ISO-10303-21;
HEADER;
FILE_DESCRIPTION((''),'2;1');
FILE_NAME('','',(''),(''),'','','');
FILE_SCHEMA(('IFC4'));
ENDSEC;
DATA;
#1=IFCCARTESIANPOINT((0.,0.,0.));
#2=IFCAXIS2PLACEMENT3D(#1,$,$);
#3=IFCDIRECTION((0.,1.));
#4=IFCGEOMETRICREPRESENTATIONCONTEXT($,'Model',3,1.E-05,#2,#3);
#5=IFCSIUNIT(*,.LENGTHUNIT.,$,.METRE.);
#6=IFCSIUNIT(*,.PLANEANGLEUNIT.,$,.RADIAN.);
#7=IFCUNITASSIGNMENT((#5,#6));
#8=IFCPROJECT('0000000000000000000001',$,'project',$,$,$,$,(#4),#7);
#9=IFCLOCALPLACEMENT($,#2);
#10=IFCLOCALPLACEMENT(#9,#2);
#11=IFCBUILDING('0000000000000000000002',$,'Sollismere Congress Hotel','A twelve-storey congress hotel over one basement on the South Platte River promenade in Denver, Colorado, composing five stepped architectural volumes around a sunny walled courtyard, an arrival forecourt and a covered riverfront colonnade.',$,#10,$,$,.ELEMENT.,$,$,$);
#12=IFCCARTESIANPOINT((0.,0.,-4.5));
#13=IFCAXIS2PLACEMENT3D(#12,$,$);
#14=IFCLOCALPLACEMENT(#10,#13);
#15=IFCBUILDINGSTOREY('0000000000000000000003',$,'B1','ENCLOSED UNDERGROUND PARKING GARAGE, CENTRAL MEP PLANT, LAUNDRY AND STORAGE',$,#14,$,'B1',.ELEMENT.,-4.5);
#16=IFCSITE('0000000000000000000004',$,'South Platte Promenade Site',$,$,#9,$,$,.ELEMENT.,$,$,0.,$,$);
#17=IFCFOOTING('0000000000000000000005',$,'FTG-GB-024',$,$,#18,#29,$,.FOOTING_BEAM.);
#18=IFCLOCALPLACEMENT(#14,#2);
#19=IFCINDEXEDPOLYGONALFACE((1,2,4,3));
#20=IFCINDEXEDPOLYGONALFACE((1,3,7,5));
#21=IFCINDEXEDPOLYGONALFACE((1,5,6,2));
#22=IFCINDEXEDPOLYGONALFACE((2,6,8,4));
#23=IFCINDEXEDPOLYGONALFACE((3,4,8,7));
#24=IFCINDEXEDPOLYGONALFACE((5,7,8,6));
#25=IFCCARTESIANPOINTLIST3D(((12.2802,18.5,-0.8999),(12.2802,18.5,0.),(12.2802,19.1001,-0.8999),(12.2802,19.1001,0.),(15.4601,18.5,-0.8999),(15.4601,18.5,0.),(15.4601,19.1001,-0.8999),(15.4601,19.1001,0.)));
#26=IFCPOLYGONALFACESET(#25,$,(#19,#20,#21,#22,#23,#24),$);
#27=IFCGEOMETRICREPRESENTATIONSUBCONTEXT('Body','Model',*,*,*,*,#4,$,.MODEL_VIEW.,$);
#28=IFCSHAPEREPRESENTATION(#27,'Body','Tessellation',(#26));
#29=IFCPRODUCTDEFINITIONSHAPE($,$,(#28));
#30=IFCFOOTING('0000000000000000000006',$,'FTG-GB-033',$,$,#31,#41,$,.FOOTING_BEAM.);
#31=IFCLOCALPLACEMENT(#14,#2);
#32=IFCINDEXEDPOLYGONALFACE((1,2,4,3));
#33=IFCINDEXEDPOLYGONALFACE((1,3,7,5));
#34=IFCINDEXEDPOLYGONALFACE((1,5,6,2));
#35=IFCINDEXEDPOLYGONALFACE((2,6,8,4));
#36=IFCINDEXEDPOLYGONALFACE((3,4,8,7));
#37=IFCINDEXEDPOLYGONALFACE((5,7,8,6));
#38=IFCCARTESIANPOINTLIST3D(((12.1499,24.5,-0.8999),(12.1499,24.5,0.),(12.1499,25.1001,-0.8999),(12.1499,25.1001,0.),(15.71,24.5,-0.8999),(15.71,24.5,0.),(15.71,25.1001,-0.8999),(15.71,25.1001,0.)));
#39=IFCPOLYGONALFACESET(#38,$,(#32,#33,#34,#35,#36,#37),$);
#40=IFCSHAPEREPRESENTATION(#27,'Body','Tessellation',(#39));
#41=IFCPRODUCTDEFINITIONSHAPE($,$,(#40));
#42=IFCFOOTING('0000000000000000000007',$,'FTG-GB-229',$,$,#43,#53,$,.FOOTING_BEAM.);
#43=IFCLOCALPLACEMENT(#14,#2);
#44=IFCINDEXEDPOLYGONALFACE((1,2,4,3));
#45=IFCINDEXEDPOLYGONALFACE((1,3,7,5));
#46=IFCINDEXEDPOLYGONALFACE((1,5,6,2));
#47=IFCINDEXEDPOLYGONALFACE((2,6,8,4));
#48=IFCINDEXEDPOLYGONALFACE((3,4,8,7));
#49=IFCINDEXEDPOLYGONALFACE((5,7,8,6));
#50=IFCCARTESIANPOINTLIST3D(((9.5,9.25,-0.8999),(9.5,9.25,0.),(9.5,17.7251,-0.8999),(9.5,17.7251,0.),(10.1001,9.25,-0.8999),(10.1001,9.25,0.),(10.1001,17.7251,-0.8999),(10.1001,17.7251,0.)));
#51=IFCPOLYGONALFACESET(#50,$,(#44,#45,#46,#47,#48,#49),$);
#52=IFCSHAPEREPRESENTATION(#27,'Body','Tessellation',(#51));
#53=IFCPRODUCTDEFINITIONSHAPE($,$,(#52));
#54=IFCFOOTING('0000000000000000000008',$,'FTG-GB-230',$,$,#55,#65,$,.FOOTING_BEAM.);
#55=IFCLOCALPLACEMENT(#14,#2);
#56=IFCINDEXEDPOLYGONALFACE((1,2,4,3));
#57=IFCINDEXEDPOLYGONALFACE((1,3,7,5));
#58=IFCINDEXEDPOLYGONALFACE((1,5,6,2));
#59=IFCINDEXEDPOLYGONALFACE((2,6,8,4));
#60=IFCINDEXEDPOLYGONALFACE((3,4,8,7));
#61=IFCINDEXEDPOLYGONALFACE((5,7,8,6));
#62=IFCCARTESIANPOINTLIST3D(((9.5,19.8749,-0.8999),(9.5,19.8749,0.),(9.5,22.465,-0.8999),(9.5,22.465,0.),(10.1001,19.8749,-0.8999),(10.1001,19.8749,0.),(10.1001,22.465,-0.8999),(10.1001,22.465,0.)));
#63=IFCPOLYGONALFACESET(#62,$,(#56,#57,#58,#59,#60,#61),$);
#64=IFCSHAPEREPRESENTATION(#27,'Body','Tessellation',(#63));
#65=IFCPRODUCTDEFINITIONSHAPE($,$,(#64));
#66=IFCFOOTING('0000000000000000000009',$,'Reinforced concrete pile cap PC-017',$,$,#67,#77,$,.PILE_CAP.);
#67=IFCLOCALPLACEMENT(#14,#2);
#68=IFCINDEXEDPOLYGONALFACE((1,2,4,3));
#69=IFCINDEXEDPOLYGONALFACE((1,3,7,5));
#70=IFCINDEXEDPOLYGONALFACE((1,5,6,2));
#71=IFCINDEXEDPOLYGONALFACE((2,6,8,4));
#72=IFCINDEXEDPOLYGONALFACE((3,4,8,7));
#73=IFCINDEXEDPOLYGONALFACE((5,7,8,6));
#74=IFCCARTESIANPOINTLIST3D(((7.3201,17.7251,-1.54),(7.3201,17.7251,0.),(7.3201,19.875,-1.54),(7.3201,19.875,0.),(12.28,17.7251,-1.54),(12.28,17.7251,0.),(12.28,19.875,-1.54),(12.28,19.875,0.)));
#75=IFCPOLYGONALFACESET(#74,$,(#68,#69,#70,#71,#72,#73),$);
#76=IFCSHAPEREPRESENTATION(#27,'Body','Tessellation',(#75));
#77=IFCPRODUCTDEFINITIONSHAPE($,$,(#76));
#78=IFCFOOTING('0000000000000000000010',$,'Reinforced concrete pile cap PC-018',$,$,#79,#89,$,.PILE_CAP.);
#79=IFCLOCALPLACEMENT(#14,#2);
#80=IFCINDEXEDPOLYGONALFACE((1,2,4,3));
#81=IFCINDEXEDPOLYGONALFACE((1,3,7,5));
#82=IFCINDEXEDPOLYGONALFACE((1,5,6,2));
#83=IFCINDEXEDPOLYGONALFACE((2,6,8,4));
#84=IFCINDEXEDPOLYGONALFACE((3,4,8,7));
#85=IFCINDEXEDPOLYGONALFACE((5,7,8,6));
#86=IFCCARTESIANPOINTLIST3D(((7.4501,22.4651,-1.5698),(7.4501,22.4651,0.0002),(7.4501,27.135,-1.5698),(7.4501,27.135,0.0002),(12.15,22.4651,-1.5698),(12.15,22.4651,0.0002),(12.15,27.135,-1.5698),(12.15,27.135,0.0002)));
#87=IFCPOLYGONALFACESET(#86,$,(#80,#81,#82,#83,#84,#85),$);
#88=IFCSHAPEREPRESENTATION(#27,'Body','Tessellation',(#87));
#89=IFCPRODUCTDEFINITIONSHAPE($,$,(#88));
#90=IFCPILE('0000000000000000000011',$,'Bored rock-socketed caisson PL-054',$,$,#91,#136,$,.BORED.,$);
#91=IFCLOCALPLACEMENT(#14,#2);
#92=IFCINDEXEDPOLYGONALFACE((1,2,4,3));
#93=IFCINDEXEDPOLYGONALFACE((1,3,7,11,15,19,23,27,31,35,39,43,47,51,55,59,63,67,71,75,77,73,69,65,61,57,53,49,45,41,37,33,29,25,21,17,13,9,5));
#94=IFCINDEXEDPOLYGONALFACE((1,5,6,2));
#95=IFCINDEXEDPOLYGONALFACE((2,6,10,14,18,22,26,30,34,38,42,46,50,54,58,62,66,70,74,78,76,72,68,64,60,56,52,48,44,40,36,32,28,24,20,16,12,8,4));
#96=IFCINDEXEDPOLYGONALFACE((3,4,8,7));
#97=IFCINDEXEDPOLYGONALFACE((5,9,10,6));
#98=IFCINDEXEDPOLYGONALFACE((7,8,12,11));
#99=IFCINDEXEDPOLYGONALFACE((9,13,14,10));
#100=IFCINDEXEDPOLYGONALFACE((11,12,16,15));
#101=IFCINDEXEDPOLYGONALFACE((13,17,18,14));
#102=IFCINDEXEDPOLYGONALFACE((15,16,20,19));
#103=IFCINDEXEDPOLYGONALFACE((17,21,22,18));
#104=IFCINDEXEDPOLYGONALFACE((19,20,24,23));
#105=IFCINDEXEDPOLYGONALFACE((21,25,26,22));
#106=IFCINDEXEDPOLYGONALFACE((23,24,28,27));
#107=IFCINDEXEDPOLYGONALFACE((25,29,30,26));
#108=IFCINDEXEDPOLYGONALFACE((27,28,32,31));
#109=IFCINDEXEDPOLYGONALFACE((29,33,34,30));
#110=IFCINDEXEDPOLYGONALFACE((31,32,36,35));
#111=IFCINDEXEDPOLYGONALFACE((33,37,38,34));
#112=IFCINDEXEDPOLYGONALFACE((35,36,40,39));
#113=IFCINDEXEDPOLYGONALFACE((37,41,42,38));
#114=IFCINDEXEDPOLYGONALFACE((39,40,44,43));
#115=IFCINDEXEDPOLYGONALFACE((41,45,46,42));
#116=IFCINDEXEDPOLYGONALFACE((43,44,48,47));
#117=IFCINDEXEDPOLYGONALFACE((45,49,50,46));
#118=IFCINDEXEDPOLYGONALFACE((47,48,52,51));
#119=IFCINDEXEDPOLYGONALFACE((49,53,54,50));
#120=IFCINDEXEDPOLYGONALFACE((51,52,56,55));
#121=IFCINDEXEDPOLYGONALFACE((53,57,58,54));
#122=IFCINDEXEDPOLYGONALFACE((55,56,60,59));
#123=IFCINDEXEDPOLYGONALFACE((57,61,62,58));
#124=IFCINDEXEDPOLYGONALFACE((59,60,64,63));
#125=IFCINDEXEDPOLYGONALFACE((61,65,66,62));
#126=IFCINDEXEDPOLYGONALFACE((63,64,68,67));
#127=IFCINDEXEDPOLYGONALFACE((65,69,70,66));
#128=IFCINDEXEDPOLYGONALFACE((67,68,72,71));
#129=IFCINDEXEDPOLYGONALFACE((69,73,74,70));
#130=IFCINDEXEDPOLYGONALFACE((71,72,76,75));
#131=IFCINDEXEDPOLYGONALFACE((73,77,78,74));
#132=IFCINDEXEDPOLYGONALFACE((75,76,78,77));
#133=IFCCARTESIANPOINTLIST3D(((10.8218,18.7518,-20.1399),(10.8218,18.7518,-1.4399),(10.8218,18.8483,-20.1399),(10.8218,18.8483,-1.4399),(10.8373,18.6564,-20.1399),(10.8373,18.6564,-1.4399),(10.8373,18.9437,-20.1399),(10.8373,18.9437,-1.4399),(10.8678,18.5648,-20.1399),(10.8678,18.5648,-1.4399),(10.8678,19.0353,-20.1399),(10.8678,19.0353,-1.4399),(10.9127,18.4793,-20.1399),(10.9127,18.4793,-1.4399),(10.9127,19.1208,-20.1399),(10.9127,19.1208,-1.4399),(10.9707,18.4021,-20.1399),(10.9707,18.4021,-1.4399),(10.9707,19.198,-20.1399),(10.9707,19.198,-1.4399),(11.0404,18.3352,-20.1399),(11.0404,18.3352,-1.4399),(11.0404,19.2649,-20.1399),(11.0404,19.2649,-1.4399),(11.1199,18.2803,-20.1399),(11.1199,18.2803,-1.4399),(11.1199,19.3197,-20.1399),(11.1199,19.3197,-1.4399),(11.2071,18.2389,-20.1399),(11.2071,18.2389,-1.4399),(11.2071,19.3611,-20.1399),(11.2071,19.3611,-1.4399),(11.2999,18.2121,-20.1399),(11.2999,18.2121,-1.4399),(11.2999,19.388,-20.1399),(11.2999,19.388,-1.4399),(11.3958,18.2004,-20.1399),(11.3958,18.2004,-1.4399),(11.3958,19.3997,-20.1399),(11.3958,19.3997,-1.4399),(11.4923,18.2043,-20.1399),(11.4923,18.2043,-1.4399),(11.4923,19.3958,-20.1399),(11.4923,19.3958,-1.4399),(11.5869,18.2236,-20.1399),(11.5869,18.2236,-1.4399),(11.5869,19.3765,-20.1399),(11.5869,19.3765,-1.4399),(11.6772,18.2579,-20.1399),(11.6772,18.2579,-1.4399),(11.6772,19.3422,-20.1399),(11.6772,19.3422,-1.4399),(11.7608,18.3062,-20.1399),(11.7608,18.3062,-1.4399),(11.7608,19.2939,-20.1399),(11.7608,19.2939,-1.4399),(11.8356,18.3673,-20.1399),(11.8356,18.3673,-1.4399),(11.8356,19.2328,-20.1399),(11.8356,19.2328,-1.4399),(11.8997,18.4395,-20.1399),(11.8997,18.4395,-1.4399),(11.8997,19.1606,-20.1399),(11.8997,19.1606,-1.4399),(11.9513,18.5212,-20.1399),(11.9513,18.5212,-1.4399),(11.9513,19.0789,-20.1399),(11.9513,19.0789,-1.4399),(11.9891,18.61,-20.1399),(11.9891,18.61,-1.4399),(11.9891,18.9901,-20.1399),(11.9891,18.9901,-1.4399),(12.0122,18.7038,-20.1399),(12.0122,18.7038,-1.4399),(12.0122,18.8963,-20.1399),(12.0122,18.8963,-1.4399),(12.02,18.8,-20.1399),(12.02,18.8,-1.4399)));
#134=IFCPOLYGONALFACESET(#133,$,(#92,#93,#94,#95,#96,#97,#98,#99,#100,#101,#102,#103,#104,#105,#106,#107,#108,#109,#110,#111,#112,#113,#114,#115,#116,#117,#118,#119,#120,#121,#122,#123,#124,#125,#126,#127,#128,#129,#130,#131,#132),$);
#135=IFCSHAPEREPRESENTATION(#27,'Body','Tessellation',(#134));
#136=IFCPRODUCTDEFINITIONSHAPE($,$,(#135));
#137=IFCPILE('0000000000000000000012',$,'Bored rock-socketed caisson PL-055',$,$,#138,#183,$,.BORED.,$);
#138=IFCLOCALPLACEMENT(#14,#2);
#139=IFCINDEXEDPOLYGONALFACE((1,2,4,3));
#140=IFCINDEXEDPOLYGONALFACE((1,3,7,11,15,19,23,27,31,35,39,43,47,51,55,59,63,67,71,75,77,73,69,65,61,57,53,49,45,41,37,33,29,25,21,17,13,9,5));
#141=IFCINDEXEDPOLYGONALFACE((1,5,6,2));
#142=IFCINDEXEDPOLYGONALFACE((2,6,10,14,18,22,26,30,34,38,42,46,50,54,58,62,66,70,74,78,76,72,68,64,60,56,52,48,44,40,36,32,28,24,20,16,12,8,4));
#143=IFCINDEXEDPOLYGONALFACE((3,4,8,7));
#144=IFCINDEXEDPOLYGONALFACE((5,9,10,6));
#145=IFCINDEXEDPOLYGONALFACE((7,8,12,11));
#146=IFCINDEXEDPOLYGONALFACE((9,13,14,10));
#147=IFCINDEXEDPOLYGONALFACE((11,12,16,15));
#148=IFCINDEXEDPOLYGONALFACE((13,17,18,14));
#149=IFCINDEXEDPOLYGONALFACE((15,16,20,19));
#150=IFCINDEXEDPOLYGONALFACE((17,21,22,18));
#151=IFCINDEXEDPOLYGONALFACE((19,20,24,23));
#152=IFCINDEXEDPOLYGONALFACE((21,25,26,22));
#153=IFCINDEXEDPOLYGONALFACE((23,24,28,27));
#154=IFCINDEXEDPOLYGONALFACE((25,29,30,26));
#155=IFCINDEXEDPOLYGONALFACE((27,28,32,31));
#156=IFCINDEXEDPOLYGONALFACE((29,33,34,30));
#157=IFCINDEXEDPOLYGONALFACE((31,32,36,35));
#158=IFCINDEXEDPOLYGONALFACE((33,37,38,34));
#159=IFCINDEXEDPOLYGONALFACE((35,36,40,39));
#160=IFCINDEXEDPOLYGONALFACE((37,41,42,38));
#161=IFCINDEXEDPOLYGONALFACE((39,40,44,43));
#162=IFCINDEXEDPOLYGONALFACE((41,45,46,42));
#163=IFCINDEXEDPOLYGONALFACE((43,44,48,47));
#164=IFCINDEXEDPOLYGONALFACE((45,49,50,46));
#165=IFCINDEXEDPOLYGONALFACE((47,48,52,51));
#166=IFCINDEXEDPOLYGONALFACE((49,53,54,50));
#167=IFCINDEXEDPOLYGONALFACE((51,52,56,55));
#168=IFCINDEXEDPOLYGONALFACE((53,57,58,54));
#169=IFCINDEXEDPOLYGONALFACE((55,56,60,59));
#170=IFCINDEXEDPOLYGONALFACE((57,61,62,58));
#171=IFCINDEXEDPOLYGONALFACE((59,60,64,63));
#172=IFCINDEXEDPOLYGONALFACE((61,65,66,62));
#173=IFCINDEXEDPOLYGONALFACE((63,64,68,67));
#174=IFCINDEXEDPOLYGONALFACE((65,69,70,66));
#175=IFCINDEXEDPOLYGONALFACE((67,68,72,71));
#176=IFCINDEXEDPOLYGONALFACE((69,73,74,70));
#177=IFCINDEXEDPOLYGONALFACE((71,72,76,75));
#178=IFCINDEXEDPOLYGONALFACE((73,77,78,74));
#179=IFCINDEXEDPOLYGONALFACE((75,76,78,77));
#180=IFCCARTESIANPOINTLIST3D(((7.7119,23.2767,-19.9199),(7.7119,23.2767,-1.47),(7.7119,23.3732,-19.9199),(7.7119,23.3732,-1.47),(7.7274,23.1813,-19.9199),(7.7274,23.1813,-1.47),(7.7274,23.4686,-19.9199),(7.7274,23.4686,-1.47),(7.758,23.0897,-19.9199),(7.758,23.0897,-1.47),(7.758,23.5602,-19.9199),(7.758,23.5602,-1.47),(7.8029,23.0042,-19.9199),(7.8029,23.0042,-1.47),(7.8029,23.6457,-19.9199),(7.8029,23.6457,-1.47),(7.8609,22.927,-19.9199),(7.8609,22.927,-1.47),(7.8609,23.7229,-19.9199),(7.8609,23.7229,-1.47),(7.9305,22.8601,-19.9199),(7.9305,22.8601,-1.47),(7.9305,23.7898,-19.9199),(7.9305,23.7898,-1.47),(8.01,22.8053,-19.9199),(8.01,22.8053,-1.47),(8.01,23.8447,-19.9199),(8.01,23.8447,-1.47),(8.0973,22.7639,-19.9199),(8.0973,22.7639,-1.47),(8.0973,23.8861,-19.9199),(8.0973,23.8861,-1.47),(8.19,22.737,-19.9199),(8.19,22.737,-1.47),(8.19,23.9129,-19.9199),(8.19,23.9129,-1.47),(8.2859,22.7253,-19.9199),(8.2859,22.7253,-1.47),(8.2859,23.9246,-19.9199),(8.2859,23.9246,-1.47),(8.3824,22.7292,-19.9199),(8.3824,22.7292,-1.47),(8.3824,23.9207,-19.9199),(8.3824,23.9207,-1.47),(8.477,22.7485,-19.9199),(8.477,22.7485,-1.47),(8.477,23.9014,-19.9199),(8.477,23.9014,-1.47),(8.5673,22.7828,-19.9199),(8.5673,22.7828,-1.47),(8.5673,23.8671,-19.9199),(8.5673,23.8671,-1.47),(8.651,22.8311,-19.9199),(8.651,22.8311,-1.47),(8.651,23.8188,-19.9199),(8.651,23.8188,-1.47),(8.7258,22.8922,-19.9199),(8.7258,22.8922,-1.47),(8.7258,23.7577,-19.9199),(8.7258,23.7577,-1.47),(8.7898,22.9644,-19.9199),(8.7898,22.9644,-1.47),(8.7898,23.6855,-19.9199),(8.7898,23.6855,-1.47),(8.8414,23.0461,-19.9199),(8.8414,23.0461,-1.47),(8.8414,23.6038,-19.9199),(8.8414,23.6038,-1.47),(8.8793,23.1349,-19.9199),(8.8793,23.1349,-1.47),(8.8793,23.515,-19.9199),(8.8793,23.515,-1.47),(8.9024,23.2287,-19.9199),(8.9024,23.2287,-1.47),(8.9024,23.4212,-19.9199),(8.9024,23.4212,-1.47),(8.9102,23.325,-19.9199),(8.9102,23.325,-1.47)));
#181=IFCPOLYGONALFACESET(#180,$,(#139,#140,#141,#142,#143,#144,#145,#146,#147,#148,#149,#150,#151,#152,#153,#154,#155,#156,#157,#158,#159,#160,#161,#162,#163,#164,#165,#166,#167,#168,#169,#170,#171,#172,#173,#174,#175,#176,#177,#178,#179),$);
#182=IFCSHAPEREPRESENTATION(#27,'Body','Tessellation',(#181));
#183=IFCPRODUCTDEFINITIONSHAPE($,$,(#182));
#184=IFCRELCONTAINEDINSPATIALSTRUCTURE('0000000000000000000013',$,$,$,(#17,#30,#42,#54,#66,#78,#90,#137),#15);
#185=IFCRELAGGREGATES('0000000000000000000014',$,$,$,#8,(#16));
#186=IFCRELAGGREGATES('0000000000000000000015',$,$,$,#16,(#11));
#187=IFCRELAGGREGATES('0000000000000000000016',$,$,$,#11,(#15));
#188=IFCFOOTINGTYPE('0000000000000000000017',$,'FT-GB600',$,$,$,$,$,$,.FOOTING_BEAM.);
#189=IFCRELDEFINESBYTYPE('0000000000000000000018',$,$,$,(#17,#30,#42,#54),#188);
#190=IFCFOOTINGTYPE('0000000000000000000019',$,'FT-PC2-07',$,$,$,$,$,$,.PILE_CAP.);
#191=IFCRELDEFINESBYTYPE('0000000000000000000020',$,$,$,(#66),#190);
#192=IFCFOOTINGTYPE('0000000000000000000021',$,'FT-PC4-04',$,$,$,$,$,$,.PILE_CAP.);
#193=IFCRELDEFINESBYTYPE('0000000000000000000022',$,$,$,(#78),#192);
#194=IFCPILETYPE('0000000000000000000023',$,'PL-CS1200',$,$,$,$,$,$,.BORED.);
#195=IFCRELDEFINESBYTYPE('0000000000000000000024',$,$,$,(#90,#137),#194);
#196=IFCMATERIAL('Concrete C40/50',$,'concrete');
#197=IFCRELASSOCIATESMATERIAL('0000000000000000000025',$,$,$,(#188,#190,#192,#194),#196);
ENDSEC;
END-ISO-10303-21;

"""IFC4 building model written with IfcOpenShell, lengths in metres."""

from ifc_helpers import new_model, si_unit, direction, frame, origin, origin_2d, place, context, subcontext, project, spatial, rectangle, circle, extrude, material, material_profile, profile_set, type_object, element, save


model = new_model("IFC4")

# Units and contexts
model_context = context("Model", 3, precision=1e-05, world=origin(), true_north=direction((0.0, 1.0)))
body_context = subcontext(model_context, "Body", "Model", "MODEL_VIEW")
ifc_project = project(units=[si_unit("LENGTHUNIT", "METRE"), si_unit("PLANEANGLEUNIT", "RADIAN")], contexts=[model_context])

# Site, building, storey
site_placement = place(None, origin())
site = spatial("IfcSite", under=ifc_project, at=site_placement, Name="South Platte Promenade Site", CompositionType="ELEMENT", RefElevation=0.0)
building_placement = place(site_placement, origin())
building = spatial("IfcBuilding", under=site, at=building_placement, Name="Sollismere Congress Hotel", Description="A twelve-storey congress hotel over one basement on the South Platte River promenade in Denver, Colorado, composing five stepped architectural volumes around a sunny walled courtyard, an arrival forecourt and a covered riverfront colonnade.", CompositionType="ELEMENT")
storey_placement = place(building_placement, frame((0.0, 0.0, -4.5)))
storey = spatial("IfcBuildingStorey", under=building, at=storey_placement, Name="B1", Description="ENCLOSED UNDERGROUND PARKING GARAGE, CENTRAL MEP PLANT, LAUNDRY AND STORAGE", LongName="B1", CompositionType="ELEMENT", Elevation=-4.5)

# Footings
ifc_material_1 = material(Name="Concrete C40/50", Category="concrete")
footing_type_1 = type_object("IfcFootingType", Name="FT-GB600", PredefinedType="FOOTING_BEAM", material=ifc_material_1)
footing_1_placement = place(storey_placement, frame((13.8701, 18.8, -0.8999), z_axis=(0.0, 0.0, 1.0), x_axis=(1.0, 0.0, 0.0)))
element("IfcFooting", 1, at=footing_1_placement, inside=storey, type_object=footing_type_1, Name="FTG-GB-024", PredefinedType="FOOTING_BEAM", context=body_context, shape_type="SweptSolid", body=[
    extrude(rectangle(XDim=3.1799, YDim=0.6001, at=origin_2d()), origin(), (0.0, 0.0, 1.0), 0.8999),
])
footing_2_placement = place(storey_placement, frame((13.9299, 24.8, -0.8999), z_axis=(0.0, 0.0, 1.0), x_axis=(1.0, 0.0, 0.0)))
element("IfcFooting", 2, at=footing_2_placement, inside=storey, type_object=footing_type_1, Name="FTG-GB-033", PredefinedType="FOOTING_BEAM", context=body_context, shape_type="SweptSolid", body=[
    extrude(rectangle(XDim=3.5601, YDim=0.6001, at=origin_2d()), origin(), (0.0, 0.0, 1.0), 0.8999),
])
footing_3_placement = place(storey_placement, frame((9.8, 13.4875, -0.8999), z_axis=(0.0, 0.0, 1.0), x_axis=(0.0, 1.0, 0.0)))
element("IfcFooting", 3, at=footing_3_placement, inside=storey, type_object=footing_type_1, Name="FTG-GB-229", PredefinedType="FOOTING_BEAM", context=body_context, shape_type="SweptSolid", body=[
    extrude(rectangle(XDim=8.4751, YDim=0.6001, at=origin_2d()), origin(), (0.0, 0.0, 1.0), 0.8999),
])
footing_4_placement = place(storey_placement, frame((9.8, 21.1699, -0.8999), z_axis=(0.0, 0.0, 1.0), x_axis=(0.0, 1.0, 0.0)))
element("IfcFooting", 4, at=footing_4_placement, inside=storey, type_object=footing_type_1, Name="FTG-GB-230", PredefinedType="FOOTING_BEAM", context=body_context, shape_type="SweptSolid", body=[
    extrude(rectangle(XDim=2.5901, YDim=0.6001, at=origin_2d()), origin(), (0.0, 0.0, 1.0), 0.8999),
])
footing_type_2 = type_object("IfcFootingType", Name="FT-PC2-07", PredefinedType="PILE_CAP", material=ifc_material_1)
footing_5_placement = place(storey_placement, frame((9.8, 18.8, -1.54), z_axis=(0.0, 0.0, 1.0), x_axis=(1.0, 0.0, 0.0)))
element("IfcFooting", 5, at=footing_5_placement, inside=storey, type_object=footing_type_2, Name="Reinforced concrete pile cap PC-017", PredefinedType="PILE_CAP", context=body_context, shape_type="SweptSolid", body=[
    extrude(rectangle(XDim=4.96, YDim=2.1499, at=origin_2d()), origin(), (0.0, 0.0, 1.0), 1.54),
])
footing_type_3 = type_object("IfcFootingType", Name="FT-PC4-04", PredefinedType="PILE_CAP", material=ifc_material_1)
footing_6_placement = place(storey_placement, frame((9.8, 24.8, -1.5698), z_axis=(0.0, 0.0, 1.0), x_axis=(1.0, 0.0, 0.0)))
element("IfcFooting", 6, at=footing_6_placement, inside=storey, type_object=footing_type_3, Name="Reinforced concrete pile cap PC-018", PredefinedType="PILE_CAP", context=body_context, shape_type="SweptSolid", body=[
    extrude(rectangle(XDim=4.7, YDim=4.6699, at=origin_2d()), origin(), (0.0, 0.0, 1.0), 1.5701),
])

# Piles
ifc_material_profile_1 = material_profile(ifc_material_1, circle(Radius=0.6001, at=origin_2d()), Name="CAISSON1200")
ifc_profile_set_1 = profile_set([ifc_material_profile_1], Name="Concrete C40/50")
pile_type = type_object("IfcPileType", Name="PL-CS1200", PredefinedType="BORED", material=ifc_profile_set_1)
pile_1_placement = place(storey_placement, frame((11.4199, 18.8, -1.4399), z_axis=(0.0, 0.0, -1.0), x_axis=(1.0, 0.0, 0.0)))
element("IfcPile", 7, at=pile_1_placement, inside=storey, type_object=pile_type, Name="Bored rock-socketed caisson PL-054", PredefinedType="BORED", context=body_context, shape_type="SweptSolid", body=[
    extrude(circle(Radius=0.6001, at=origin_2d()), origin(), (0.0, 0.0, 1.0), 18.7),
])
for number, where, z_axis, x_axis, name in (
    (8, (8.3101, 23.325, -1.47), (0.0, 0.0, -1.0), (1.0, 0.0, 0.0), "Bored rock-socketed caisson PL-055"),
):
    element("IfcPile", number, at=place(storey_placement, frame(where, z_axis=z_axis, x_axis=x_axis)), inside=storey, type_object=pile_type, Name=name, PredefinedType="BORED", context=body_context, shape_type="SweptSolid", body=[
        extrude(circle(Radius=0.6001, at=origin_2d()), origin(), (0.0, 0.0, 1.0), 18.45),
    ])

save(model, "model.ifc")
